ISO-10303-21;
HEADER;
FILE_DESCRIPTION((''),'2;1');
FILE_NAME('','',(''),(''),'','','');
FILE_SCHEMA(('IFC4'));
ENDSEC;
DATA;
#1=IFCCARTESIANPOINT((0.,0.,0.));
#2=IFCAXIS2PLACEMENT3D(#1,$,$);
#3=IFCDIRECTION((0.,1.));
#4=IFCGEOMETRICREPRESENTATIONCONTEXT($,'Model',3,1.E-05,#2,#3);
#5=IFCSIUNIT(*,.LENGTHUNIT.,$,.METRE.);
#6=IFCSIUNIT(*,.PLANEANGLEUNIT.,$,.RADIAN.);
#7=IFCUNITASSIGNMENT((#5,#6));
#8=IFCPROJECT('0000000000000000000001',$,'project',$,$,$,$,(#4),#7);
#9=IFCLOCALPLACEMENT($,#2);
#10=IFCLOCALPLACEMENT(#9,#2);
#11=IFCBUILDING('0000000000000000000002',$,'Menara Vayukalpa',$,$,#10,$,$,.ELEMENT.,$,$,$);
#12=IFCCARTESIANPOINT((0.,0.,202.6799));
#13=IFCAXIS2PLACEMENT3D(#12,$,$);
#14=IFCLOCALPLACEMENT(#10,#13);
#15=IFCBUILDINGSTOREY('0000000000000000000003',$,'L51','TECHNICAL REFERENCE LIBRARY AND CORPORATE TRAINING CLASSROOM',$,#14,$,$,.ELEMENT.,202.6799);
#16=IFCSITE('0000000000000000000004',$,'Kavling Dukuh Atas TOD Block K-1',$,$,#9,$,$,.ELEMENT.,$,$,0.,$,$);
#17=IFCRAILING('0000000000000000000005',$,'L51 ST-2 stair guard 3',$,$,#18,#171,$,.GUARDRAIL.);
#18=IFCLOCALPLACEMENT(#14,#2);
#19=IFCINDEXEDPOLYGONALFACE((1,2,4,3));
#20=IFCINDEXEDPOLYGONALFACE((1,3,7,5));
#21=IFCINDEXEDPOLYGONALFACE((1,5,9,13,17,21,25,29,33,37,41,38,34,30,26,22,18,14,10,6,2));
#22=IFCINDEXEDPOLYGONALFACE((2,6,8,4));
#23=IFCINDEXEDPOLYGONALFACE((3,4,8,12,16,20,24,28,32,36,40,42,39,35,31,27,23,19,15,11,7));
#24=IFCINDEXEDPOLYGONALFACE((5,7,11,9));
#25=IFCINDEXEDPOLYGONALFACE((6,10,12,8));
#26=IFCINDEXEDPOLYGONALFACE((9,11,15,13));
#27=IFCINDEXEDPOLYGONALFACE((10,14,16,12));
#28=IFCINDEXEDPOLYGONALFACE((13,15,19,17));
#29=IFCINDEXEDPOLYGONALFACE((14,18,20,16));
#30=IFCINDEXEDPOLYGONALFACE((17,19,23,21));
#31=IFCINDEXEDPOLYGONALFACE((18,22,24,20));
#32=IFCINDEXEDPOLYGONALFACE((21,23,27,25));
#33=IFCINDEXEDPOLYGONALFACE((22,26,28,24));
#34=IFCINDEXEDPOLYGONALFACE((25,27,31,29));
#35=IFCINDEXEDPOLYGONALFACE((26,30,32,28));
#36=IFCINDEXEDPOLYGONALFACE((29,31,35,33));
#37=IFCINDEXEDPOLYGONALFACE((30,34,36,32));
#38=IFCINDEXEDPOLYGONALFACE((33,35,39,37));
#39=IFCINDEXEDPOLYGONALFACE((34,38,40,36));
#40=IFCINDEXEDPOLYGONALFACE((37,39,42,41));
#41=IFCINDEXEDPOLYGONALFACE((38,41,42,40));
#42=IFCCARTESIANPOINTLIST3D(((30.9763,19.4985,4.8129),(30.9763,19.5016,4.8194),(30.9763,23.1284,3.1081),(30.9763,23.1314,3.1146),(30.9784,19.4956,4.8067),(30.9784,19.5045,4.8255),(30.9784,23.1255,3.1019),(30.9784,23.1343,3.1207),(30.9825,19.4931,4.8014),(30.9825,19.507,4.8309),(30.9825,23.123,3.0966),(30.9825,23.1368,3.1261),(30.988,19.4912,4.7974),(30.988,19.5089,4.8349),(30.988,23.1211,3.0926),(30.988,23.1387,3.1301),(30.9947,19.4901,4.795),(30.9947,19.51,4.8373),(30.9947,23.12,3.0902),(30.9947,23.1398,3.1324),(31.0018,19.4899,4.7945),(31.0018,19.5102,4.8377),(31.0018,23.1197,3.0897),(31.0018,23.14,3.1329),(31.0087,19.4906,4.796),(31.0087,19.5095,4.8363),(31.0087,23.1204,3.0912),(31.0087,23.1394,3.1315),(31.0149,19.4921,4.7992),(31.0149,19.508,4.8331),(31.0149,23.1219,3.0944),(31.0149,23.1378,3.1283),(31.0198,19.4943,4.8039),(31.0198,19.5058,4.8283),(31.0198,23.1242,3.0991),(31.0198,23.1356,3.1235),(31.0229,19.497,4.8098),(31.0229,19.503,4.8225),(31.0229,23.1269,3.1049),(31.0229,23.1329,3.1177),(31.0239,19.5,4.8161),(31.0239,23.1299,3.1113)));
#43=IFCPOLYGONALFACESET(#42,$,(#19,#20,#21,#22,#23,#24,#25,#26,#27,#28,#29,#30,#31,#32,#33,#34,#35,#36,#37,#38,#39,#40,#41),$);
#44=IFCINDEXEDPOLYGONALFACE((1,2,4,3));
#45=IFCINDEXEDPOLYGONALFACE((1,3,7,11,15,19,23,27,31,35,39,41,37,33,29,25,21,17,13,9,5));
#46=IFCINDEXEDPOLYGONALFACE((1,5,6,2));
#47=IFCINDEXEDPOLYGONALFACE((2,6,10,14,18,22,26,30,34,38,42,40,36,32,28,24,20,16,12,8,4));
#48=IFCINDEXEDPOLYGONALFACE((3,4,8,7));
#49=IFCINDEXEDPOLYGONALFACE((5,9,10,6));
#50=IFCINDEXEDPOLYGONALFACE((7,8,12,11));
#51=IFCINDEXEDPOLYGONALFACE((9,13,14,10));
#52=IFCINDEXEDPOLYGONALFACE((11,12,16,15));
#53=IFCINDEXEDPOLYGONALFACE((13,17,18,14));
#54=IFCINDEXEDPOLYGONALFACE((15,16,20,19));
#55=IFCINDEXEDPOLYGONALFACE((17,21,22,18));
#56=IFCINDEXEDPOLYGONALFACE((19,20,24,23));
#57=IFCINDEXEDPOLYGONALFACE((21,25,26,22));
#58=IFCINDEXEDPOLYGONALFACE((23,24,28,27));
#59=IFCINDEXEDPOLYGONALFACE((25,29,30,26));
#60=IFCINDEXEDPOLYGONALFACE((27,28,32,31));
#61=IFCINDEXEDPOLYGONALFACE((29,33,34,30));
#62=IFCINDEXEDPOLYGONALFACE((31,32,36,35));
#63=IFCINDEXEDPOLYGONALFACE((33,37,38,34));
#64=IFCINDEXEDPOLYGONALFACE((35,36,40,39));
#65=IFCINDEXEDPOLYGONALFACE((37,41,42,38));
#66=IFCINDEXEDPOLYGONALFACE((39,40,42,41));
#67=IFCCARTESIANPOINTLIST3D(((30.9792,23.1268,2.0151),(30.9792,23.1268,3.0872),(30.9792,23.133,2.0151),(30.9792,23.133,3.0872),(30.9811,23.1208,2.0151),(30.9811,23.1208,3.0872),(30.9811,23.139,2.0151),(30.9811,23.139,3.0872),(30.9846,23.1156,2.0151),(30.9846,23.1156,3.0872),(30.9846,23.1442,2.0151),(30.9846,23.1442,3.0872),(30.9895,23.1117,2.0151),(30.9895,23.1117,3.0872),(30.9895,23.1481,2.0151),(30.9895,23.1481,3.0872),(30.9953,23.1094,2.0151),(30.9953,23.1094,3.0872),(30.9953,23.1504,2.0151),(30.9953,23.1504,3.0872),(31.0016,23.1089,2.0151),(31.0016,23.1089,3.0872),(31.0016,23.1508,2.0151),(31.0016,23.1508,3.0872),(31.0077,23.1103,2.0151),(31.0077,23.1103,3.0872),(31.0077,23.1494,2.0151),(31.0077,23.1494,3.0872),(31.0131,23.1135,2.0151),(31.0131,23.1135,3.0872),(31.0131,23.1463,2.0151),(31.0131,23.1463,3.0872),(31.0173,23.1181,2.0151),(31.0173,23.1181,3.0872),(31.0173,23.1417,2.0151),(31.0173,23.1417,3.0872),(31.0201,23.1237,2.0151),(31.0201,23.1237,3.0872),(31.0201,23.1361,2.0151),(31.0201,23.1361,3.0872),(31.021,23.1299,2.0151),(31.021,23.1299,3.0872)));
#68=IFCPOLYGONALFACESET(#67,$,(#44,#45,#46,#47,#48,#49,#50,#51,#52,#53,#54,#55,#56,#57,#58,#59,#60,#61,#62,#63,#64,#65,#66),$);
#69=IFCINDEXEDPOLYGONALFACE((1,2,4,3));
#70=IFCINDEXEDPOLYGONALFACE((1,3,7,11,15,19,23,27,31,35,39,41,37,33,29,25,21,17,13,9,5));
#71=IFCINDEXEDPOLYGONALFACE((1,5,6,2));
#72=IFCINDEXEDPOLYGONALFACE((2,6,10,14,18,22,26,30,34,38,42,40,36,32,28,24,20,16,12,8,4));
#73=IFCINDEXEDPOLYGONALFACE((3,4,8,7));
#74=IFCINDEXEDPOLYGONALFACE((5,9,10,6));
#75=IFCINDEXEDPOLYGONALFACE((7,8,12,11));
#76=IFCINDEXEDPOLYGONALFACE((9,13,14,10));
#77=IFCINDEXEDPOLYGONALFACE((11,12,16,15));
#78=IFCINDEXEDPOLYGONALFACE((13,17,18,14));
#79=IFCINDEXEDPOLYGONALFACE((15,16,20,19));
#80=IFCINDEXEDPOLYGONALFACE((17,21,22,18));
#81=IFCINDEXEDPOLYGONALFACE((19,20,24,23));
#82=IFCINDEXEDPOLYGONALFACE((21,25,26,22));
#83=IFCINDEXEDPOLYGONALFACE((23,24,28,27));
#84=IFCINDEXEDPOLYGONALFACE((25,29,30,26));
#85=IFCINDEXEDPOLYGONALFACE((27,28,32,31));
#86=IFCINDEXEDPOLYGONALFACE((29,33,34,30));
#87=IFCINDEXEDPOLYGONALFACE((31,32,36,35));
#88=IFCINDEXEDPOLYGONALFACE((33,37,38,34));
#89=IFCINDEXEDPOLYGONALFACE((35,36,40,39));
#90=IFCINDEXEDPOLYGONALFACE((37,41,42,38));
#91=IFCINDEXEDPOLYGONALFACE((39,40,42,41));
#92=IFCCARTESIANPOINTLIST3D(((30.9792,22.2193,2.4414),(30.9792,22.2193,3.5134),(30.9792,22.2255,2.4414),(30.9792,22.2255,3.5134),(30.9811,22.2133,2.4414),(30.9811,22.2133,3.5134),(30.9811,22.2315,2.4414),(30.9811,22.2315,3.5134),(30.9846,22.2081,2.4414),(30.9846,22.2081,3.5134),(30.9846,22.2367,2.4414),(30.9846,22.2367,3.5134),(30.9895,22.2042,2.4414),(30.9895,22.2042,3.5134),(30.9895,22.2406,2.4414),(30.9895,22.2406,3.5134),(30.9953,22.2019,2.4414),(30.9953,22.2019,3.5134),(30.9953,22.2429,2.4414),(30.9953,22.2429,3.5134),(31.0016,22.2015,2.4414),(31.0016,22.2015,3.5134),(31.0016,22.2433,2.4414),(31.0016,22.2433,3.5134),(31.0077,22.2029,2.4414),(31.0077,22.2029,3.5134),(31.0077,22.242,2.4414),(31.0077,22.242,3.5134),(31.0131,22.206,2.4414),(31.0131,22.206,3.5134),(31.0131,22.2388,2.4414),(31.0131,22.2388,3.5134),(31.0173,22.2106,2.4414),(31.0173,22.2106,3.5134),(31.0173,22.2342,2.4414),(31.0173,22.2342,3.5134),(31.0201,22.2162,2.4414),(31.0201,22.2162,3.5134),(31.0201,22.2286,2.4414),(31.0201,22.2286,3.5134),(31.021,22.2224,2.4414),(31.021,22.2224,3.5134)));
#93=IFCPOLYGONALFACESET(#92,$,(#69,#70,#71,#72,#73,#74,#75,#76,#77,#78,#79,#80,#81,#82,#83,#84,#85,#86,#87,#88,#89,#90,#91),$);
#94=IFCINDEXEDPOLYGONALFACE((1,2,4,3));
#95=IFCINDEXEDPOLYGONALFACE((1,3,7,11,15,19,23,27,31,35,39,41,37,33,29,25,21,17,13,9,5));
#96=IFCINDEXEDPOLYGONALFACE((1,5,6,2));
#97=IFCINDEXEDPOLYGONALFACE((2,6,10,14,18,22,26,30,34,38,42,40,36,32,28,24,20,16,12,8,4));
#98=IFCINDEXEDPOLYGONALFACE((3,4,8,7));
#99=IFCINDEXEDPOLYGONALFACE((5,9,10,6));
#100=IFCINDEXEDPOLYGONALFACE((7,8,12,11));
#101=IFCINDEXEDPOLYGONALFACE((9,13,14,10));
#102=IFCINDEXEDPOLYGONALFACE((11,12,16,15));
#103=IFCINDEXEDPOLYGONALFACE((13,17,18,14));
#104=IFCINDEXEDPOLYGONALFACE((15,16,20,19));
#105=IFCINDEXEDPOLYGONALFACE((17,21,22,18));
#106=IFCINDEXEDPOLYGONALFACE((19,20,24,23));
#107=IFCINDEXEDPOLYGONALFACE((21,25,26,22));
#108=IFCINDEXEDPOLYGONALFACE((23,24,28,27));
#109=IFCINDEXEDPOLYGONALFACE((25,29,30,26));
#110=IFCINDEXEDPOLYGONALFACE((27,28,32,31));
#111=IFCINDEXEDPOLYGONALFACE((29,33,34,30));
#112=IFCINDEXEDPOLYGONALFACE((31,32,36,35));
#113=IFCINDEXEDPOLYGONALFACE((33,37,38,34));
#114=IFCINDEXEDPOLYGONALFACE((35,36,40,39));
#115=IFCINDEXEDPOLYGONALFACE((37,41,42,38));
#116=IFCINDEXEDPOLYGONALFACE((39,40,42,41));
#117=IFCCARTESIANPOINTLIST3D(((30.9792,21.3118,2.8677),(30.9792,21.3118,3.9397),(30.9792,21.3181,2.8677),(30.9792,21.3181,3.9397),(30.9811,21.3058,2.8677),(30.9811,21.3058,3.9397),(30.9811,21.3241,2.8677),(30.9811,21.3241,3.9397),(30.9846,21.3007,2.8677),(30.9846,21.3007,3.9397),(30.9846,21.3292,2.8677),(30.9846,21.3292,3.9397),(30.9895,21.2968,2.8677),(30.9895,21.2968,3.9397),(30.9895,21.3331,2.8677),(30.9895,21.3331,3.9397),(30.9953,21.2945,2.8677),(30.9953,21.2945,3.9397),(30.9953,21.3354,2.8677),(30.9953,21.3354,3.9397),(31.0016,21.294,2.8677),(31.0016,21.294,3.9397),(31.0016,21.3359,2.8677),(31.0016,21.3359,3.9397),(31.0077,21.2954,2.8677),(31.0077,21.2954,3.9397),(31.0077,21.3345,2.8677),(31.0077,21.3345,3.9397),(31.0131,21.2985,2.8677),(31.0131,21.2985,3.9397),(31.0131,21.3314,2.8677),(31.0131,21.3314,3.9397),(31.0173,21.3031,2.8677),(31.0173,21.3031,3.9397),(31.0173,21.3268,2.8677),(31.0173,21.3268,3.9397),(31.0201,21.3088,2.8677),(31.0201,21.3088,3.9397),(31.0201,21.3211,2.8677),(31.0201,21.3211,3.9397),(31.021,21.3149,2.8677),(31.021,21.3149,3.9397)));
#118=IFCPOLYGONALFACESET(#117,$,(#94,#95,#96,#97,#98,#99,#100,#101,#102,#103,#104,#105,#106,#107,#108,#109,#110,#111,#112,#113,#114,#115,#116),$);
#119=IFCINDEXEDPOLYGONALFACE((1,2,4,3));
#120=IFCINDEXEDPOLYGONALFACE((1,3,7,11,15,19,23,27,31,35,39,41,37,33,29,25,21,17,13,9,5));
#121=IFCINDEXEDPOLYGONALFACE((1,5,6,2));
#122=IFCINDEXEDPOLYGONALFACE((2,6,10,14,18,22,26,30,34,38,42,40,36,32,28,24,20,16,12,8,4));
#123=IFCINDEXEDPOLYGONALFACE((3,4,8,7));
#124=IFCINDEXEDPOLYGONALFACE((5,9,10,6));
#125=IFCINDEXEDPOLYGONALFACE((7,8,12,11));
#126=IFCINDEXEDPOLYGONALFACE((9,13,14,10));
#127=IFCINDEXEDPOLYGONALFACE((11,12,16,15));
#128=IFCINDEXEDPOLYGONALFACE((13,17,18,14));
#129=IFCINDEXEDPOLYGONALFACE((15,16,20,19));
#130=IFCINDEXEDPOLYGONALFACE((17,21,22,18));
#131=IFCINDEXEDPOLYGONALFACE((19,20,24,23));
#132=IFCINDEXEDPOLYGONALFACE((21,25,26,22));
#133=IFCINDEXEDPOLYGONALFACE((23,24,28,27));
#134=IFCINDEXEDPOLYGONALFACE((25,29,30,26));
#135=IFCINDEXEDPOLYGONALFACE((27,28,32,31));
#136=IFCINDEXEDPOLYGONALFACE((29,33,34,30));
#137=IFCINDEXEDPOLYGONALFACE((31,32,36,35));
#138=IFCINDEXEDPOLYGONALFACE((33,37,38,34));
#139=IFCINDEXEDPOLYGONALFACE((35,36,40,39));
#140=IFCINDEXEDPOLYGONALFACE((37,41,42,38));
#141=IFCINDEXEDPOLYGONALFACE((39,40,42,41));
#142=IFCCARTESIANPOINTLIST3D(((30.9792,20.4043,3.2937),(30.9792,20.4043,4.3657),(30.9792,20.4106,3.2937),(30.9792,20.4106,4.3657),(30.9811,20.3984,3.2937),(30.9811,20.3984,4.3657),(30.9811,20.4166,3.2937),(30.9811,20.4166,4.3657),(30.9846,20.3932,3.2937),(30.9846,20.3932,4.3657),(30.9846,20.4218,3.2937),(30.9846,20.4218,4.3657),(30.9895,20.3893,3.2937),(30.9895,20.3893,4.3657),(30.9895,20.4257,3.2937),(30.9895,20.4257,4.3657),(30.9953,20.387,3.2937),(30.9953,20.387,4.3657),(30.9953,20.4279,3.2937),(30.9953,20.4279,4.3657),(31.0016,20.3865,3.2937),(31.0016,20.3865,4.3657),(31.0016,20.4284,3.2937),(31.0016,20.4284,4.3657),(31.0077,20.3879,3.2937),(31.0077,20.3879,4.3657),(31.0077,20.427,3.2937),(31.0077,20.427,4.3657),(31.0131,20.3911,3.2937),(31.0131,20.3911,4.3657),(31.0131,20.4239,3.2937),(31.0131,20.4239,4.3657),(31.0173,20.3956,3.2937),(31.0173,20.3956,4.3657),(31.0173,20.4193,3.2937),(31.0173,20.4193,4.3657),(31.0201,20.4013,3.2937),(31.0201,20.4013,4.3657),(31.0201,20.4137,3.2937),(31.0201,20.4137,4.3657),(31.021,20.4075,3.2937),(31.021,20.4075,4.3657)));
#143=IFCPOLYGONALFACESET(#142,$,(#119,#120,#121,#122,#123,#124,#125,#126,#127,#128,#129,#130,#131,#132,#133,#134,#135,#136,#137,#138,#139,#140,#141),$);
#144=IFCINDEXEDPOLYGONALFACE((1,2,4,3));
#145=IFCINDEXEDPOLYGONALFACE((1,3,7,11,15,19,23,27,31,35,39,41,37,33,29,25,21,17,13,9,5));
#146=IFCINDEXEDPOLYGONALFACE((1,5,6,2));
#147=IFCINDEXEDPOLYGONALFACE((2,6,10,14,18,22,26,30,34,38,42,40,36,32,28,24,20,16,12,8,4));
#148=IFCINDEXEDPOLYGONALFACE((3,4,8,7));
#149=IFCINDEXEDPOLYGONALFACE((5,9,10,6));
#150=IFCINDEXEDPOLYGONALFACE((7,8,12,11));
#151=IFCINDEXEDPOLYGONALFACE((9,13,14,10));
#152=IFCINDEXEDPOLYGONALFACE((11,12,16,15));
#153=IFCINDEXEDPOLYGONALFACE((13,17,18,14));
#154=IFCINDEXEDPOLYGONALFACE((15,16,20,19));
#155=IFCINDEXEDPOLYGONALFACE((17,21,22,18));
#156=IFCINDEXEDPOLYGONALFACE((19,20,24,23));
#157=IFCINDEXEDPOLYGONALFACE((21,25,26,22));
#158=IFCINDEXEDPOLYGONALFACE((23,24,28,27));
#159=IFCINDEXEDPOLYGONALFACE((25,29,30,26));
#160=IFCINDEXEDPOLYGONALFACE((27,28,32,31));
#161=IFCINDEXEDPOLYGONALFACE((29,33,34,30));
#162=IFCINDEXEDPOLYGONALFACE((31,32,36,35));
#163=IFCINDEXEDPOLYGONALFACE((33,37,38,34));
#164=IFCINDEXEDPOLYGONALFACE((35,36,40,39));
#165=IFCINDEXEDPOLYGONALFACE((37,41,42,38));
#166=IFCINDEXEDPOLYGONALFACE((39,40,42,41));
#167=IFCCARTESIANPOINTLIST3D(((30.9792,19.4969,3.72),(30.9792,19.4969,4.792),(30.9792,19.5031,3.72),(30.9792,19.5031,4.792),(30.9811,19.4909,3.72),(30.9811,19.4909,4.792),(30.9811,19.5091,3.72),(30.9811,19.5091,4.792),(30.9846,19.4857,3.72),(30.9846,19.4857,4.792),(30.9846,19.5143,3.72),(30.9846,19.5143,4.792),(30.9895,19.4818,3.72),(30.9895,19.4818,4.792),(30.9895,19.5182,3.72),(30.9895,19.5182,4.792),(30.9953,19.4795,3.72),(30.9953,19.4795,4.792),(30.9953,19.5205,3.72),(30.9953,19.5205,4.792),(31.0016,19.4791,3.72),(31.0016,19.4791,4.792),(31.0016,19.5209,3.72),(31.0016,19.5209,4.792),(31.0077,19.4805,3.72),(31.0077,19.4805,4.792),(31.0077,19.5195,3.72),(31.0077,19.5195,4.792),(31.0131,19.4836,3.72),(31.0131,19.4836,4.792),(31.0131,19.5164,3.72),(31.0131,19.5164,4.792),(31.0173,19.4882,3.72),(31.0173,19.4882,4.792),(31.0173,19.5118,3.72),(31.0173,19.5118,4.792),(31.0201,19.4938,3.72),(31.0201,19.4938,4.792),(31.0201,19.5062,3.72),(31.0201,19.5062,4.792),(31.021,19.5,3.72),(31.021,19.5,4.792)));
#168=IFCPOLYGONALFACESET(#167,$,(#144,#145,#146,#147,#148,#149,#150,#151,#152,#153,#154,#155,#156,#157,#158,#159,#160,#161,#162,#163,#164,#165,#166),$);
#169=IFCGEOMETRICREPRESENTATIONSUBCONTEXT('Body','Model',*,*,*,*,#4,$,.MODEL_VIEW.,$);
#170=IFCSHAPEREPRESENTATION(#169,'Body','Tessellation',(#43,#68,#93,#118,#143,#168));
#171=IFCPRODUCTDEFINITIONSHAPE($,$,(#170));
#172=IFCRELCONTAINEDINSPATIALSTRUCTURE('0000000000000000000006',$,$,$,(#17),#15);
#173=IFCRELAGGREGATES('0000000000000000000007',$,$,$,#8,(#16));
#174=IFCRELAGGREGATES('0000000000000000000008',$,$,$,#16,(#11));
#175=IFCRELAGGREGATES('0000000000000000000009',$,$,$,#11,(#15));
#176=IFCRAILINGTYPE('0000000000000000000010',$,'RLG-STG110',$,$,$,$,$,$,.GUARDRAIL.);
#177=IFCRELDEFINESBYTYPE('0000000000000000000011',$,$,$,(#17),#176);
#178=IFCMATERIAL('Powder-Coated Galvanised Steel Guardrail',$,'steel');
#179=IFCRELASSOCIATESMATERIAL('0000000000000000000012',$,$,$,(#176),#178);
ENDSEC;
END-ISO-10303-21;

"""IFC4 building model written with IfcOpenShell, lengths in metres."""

from ifc_helpers import new_model, si_unit, direction, frame, origin, origin_2d, place, context, subcontext, project, spatial, circle, extrude, material, type_object, element, save


model = new_model("IFC4")

# Units and contexts
model_context = context("Model", 3, precision=1e-05, world=origin(), true_north=direction((0.0, 1.0)))
body_context = subcontext(model_context, "Body", "Model", "MODEL_VIEW")
ifc_project = project(units=[si_unit("LENGTHUNIT", "METRE"), si_unit("PLANEANGLEUNIT", "RADIAN")], contexts=[model_context])

# Site, building, storey
site_placement = place(None, origin())
site = spatial("IfcSite", under=ifc_project, at=site_placement, Name="Kavling Dukuh Atas TOD Block K-1", CompositionType="ELEMENT", RefElevation=0.0)
building_placement = place(site_placement, origin())
building = spatial("IfcBuilding", under=site, at=building_placement, Name="Menara Vayukalpa", CompositionType="ELEMENT")
storey_placement = place(building_placement, frame((0.0, 0.0, 202.6799)))
storey = spatial("IfcBuildingStorey", under=building, at=storey_placement, Name="L51", Description="TECHNICAL REFERENCE LIBRARY AND CORPORATE TRAINING CLASSROOM", CompositionType="ELEMENT", Elevation=202.6799)

# Railing
ifc_material_1 = material(Name="Powder-Coated Galvanised Steel Guardrail", Category="steel")
railing_type_1 = type_object("IfcRailingType", Name="RLG-STG110", PredefinedType="GUARDRAIL", material=ifc_material_1)
railing_1_placement = place(storey_placement, frame((31.0, 23.1299, 2.0151)))
element("IfcRailing", 1, at=railing_1_placement, inside=storey, type_object=railing_type_1, Name="L51 ST-2 stair guard 3", PredefinedType="GUARDRAIL", context=body_context, shape_type="SweptSolid", body=[
    extrude(circle(Radius=0.0239, at=origin_2d()), frame((0.0, 0.0, 1.0962), z_axis=(0.0, -0.90514, 0.425114), x_axis=(1.0, 0.0, 0.0)), (0.0, 0.0, 1.0), 4.0103),
    extrude(circle(Radius=0.021, at=origin_2d()), origin(), (0.0, 0.0, 1.0), 1.072),
    extrude(circle(Radius=0.021, at=origin_2d()), frame((0.0, -0.9075, 0.4263)), (0.0, 0.0, 1.0), 1.072),
    extrude(circle(Radius=0.021, at=origin_2d()), frame((0.0, -1.8149, 0.8525)), (0.0, 0.0, 1.0), 1.072),
    extrude(circle(Radius=0.021, at=origin_2d()), frame((0.0, -2.7224, 1.2786)), (0.0, 0.0, 1.0), 1.072),
    extrude(circle(Radius=0.021, at=origin_2d()), frame((0.0, -3.6299, 1.7048)), (0.0, 0.0, 1.0), 1.072),
])

save(model, "model.ifc")
